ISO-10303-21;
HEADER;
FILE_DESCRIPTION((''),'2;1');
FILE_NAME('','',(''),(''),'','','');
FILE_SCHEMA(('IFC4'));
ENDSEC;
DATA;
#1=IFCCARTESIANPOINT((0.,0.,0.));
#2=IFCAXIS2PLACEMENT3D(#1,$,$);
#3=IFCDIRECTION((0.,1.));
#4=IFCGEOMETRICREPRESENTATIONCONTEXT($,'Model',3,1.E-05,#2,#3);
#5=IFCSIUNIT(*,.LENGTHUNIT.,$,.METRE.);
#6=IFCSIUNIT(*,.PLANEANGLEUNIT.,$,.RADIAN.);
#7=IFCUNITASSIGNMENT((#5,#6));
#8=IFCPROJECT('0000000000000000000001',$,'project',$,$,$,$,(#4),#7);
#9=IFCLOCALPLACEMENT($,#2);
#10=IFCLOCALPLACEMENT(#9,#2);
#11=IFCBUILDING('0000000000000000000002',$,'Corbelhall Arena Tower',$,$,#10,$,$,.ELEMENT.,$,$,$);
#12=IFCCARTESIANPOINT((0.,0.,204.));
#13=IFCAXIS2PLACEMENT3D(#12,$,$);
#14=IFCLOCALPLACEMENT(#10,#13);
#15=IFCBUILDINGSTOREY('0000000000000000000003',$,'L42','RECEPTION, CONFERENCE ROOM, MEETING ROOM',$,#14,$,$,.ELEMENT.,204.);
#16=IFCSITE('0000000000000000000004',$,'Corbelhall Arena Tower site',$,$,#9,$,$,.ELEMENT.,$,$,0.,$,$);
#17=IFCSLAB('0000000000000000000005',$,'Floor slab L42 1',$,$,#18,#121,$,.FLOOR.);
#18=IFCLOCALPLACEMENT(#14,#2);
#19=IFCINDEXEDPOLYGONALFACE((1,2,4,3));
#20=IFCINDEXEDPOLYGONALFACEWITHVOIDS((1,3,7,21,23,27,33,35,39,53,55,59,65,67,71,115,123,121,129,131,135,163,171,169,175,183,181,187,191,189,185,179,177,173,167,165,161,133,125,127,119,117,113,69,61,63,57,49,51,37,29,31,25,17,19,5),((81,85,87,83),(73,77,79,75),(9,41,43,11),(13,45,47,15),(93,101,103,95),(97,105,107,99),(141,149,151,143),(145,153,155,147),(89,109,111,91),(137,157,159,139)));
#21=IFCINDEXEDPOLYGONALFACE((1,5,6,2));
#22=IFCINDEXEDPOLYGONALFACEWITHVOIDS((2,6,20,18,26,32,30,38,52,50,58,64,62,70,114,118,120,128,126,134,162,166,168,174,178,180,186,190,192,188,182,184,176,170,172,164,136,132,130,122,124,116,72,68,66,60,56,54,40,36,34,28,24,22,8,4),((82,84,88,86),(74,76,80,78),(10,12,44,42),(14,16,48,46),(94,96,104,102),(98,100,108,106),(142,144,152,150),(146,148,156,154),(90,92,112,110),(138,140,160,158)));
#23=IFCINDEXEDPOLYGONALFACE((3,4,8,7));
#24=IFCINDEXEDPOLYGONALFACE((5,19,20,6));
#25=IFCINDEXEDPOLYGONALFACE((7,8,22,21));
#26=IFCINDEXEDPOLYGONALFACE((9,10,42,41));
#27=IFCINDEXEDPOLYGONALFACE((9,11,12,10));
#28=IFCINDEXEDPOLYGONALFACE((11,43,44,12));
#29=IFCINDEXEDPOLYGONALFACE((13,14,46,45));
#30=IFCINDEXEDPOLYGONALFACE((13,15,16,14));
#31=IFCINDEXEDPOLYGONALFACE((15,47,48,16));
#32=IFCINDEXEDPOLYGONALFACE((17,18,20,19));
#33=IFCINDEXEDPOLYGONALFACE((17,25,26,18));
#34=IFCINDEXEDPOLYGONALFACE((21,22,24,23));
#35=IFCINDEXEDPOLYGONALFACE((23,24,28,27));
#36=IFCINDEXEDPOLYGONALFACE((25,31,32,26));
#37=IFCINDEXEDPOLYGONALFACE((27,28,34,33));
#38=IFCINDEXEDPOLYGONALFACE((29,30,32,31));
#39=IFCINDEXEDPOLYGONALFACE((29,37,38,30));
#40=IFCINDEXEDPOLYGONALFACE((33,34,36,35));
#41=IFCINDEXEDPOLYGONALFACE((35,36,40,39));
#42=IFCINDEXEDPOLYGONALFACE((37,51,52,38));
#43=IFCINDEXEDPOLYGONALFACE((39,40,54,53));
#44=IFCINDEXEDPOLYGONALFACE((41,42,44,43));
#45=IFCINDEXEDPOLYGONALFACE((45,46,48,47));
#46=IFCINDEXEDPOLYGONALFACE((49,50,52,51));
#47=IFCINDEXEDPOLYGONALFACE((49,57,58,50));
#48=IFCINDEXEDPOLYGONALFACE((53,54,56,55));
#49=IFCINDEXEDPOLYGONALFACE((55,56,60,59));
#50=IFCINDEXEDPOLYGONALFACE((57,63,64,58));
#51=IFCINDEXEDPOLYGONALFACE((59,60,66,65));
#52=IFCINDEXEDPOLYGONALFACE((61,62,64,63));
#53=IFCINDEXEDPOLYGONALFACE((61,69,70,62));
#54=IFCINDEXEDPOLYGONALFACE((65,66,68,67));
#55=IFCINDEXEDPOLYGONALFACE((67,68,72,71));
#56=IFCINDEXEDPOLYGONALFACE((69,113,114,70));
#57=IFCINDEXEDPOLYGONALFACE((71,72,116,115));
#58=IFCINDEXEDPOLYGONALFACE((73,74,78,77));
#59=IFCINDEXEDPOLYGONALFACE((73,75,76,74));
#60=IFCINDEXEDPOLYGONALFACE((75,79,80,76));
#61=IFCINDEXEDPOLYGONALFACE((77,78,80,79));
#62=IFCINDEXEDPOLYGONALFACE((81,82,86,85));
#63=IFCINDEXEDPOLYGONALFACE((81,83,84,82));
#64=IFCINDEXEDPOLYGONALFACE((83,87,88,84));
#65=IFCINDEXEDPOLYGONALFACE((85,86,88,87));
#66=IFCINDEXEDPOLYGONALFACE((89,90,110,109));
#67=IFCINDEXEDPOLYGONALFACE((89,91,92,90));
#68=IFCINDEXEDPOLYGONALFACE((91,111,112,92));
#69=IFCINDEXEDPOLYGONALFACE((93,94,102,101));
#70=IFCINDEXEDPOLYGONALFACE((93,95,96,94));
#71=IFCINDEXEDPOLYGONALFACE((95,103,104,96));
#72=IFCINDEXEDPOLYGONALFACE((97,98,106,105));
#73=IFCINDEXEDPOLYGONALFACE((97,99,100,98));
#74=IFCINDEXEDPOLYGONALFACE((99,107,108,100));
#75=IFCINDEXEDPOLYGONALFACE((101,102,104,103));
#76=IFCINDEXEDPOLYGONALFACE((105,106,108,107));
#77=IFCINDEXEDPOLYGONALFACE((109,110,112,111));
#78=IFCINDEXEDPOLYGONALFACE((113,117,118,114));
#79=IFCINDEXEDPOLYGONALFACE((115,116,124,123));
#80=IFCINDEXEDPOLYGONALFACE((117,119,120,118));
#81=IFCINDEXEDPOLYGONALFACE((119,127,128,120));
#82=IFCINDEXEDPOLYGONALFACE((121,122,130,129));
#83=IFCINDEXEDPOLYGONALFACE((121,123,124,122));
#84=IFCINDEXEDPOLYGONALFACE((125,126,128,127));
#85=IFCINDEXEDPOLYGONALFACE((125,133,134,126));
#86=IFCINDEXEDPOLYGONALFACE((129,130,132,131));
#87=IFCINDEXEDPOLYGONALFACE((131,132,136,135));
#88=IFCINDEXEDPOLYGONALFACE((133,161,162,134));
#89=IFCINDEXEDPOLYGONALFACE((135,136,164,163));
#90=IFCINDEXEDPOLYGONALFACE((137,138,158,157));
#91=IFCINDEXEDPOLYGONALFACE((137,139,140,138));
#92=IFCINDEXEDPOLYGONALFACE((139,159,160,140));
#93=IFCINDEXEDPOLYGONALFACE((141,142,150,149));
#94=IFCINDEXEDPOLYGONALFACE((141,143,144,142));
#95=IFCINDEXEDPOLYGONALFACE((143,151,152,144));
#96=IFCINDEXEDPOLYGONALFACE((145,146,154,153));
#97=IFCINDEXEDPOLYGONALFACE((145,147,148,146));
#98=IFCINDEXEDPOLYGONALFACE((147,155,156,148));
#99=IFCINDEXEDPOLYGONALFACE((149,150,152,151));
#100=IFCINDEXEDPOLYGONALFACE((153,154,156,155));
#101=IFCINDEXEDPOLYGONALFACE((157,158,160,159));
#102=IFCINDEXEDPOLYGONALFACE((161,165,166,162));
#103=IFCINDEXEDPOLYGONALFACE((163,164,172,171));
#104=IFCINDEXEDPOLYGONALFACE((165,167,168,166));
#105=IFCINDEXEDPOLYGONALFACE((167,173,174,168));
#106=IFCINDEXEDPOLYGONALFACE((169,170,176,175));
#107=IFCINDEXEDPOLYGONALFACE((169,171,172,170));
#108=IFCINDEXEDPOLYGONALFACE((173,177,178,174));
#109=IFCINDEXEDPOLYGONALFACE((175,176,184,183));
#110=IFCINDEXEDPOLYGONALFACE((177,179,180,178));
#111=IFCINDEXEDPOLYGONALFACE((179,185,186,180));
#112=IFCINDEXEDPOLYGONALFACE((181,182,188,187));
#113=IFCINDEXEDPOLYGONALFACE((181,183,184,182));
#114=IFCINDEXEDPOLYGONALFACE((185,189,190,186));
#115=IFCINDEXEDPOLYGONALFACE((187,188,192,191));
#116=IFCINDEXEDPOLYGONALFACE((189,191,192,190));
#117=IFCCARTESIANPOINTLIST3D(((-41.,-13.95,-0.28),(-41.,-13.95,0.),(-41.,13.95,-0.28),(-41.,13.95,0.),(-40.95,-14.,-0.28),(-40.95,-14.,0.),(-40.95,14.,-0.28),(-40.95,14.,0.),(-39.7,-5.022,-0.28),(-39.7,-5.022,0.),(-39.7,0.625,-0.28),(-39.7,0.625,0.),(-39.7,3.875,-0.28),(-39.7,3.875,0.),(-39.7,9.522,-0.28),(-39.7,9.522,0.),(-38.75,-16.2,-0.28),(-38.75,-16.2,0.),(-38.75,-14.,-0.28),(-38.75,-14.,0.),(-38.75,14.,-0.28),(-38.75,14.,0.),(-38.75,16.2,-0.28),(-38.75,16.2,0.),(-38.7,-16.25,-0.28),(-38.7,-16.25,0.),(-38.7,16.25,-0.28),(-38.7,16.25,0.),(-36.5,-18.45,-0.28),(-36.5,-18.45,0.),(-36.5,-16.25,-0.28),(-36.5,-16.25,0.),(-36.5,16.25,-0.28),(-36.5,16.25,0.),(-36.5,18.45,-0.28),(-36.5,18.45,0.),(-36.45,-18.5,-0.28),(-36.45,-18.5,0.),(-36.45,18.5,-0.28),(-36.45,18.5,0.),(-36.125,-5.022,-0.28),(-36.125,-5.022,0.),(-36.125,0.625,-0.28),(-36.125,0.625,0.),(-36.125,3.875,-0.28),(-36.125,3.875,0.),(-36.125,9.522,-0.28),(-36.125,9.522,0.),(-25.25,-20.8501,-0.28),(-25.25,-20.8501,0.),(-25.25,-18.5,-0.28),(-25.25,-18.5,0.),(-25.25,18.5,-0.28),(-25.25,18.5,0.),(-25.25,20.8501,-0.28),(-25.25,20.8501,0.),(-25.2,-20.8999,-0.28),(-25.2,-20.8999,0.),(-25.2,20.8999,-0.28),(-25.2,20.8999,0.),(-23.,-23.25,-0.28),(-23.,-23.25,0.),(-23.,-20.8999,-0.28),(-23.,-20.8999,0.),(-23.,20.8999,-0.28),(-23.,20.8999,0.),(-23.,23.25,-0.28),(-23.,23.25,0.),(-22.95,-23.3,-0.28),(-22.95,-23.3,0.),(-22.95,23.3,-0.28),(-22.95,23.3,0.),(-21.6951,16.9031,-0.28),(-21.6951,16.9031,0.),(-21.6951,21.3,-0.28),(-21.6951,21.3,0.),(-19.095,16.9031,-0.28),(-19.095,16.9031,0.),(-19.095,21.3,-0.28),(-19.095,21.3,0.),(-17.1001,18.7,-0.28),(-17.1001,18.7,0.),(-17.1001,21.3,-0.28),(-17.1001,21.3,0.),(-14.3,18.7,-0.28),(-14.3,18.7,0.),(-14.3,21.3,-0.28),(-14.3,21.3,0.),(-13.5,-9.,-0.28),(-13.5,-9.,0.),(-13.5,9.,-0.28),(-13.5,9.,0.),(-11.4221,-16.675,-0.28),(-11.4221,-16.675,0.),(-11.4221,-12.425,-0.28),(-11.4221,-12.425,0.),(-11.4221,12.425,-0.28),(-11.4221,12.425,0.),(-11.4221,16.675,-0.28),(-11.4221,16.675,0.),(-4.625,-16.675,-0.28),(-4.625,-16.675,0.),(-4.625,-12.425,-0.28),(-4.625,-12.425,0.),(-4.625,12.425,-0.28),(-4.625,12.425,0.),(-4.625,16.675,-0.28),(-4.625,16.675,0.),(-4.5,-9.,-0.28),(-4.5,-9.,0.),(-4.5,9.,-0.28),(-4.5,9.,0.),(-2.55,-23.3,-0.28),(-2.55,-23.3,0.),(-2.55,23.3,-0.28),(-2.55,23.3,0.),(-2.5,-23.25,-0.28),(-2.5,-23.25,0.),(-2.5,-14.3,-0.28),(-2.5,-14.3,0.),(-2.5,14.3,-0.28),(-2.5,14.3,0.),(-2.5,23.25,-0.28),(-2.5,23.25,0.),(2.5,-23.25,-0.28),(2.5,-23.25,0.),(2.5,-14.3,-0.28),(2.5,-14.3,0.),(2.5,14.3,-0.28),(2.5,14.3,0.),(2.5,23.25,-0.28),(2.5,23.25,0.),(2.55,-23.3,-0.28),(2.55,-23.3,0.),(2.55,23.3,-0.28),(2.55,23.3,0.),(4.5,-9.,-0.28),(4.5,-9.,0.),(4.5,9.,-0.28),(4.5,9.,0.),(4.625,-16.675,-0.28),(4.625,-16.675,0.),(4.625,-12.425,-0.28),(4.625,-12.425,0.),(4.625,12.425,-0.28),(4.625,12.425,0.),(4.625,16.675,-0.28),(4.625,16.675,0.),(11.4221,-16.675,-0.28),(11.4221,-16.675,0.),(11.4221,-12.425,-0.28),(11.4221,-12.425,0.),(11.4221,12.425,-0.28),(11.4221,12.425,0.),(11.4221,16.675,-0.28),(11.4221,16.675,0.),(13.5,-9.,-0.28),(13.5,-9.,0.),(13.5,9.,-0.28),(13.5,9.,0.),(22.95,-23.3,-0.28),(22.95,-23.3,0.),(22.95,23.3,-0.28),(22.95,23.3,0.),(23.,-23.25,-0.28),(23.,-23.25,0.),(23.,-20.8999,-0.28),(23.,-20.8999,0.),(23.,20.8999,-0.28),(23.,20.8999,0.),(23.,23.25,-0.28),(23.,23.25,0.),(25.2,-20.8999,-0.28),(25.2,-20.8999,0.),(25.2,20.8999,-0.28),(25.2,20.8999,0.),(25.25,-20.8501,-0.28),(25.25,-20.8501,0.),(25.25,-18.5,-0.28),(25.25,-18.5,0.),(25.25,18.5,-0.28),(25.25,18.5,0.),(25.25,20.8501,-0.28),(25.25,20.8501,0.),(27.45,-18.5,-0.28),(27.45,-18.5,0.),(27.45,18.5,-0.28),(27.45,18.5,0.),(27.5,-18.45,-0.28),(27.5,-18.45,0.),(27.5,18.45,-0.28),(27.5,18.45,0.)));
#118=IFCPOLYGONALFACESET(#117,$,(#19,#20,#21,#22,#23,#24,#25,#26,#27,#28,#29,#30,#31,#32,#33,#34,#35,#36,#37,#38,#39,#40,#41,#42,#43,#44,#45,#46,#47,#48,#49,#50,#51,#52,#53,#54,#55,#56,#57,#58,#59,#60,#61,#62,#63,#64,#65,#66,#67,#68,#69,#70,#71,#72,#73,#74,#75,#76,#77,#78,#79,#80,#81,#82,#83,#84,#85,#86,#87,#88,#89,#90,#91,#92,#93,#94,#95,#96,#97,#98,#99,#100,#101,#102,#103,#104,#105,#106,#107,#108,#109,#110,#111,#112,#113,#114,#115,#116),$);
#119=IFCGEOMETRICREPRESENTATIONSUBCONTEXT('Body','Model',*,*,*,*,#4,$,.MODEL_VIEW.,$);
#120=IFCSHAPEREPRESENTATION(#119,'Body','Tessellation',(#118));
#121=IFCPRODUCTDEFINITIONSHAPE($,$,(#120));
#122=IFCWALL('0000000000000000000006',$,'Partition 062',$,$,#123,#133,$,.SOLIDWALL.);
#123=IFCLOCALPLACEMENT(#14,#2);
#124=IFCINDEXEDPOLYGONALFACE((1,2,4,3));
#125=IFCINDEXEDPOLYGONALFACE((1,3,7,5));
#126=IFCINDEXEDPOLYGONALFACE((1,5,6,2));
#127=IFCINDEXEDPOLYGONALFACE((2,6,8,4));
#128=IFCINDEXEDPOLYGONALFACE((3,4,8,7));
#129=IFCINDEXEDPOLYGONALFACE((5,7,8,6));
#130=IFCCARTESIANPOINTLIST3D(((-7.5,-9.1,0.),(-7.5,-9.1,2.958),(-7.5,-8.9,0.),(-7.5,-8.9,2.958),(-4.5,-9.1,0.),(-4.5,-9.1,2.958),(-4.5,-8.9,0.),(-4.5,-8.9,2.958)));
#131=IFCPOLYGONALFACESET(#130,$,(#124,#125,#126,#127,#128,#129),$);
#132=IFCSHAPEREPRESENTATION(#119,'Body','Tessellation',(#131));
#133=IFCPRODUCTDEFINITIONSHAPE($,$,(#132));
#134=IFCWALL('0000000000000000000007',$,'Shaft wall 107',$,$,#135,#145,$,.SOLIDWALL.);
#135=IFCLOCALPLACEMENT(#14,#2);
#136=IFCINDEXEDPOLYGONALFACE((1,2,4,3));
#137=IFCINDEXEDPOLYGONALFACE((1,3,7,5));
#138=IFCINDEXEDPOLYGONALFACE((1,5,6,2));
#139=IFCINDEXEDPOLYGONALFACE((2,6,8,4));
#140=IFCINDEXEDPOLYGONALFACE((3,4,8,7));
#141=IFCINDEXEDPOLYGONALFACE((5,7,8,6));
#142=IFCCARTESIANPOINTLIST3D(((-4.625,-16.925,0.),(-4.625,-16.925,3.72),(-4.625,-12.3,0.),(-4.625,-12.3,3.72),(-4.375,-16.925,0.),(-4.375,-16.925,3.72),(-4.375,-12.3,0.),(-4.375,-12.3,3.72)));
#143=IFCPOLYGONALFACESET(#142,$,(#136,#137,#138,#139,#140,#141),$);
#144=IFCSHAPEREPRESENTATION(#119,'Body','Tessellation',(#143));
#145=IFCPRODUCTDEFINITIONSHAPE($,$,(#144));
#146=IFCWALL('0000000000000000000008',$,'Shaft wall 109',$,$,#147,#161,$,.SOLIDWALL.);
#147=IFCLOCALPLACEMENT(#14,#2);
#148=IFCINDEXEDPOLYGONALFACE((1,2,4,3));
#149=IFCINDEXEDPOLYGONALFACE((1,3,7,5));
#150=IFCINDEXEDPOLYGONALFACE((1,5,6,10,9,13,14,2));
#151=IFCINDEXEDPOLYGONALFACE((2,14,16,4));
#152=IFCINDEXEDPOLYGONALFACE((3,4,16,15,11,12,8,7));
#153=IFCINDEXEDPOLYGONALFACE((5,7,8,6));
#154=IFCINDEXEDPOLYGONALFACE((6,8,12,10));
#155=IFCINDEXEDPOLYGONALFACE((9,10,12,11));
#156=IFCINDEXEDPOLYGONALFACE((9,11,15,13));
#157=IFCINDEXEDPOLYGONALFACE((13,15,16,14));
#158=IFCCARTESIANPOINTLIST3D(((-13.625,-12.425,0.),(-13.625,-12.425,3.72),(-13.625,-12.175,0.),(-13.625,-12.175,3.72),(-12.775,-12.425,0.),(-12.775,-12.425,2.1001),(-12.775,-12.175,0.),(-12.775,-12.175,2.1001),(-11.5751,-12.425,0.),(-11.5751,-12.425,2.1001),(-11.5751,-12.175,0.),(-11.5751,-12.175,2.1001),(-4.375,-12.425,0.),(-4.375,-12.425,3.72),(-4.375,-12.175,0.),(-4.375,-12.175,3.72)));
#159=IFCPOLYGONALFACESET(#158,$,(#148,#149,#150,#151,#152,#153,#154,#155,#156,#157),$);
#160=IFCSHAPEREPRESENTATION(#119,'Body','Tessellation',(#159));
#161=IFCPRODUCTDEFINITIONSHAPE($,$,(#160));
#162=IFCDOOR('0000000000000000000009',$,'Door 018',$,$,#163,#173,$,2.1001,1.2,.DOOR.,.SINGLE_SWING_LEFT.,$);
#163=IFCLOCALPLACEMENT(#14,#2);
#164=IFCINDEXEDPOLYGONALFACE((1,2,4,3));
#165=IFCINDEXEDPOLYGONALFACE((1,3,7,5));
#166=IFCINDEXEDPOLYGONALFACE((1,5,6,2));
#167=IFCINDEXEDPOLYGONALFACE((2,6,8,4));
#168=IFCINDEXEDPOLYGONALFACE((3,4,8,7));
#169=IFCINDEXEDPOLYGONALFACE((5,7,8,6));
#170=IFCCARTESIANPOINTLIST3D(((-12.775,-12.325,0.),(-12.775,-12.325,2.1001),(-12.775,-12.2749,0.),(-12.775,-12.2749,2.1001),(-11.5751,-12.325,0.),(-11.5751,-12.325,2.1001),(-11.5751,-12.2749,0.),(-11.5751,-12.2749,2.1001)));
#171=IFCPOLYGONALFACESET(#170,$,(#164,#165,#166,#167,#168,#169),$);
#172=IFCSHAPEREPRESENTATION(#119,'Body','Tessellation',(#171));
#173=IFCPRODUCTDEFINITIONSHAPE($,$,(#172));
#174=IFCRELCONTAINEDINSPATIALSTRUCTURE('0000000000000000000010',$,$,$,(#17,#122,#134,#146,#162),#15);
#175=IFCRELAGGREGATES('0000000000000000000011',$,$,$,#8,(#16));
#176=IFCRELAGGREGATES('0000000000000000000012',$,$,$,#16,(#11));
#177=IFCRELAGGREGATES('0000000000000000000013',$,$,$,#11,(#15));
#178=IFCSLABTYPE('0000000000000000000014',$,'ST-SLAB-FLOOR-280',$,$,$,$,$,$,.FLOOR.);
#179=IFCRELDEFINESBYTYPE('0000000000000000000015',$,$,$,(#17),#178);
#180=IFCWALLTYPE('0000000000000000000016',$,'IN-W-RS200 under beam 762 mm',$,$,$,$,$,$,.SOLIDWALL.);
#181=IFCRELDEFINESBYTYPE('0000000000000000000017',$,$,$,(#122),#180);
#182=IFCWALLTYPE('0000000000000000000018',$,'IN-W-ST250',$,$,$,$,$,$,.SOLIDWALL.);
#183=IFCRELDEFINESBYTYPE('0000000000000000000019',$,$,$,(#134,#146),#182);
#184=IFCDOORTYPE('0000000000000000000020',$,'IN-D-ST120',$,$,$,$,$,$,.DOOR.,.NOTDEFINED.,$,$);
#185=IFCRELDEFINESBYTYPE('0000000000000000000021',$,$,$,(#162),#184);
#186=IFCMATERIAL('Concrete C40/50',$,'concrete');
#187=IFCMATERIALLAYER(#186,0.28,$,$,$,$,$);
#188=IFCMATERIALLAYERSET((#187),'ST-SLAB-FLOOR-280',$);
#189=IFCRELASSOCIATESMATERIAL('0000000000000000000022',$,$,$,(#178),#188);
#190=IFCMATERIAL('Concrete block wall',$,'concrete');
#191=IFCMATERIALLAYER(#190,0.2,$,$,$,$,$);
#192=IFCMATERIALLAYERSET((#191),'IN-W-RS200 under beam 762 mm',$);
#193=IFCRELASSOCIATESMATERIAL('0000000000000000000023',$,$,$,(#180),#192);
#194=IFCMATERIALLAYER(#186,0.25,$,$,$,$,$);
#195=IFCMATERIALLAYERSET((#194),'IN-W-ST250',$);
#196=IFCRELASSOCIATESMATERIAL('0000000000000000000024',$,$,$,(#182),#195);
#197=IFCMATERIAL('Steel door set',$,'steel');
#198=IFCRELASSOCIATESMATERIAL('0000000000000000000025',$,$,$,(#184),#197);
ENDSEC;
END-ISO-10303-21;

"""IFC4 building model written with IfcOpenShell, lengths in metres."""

from ifc_helpers import new_model, si_unit, direction, frame, frame_2d, origin, place, context, subcontext, project, spatial, polyline, rectangle, outline, extrude, material, layer, layer_set, type_object, element, fill, save


model = new_model("IFC4")

# Units and contexts
model_context = context("Model", 3, precision=1e-05, world=origin(), true_north=direction((0.0, 1.0)))
body_context = subcontext(model_context, "Body", "Model", "MODEL_VIEW")
ifc_project = project(units=[si_unit("LENGTHUNIT", "METRE"), si_unit("PLANEANGLEUNIT", "RADIAN")], contexts=[model_context])

# Site, building, storey
site_placement = place(None, origin())
site = spatial("IfcSite", under=ifc_project, at=site_placement, Name="Corbelhall Arena Tower site", CompositionType="ELEMENT", RefElevation=0.0)
building_placement = place(site_placement, origin())
building = spatial("IfcBuilding", under=site, at=building_placement, Name="Corbelhall Arena Tower", CompositionType="ELEMENT")
storey_placement = place(building_placement, frame((0.0, 0.0, 204.0)))
storey = spatial("IfcBuildingStorey", under=building, at=storey_placement, Name="L42", Description="RECEPTION, CONFERENCE ROOM, MEETING ROOM", CompositionType="ELEMENT", Elevation=204.0)

# Shared definitions
ifc_material_1 = material(Name="Concrete C40/50", Category="concrete")

# Slab
ifc_layer_1 = layer(ifc_material_1, 0.28)
ifc_layer_set_1 = layer_set([ifc_layer_1], Name="ST-SLAB-FLOOR-280")
slab_type_1 = type_object("IfcSlabType", Name="ST-SLAB-FLOOR-280", PredefinedType="FLOOR", material=ifc_layer_set_1)
slab_1_placement = place(storey_placement, frame((0.0, 0.0, -0.28)))
element("IfcSlab", 1, at=slab_1_placement, inside=storey, type_object=slab_type_1, Name="Floor slab L42 1", PredefinedType="FLOOR", context=body_context, shape_type="SweptSolid", body=[
    extrude(outline(polyline([(23.0, 23.25), (22.95, 23.3), (2.55, 23.3), (2.5, 23.25), (2.5, 14.3), (-2.5, 14.3), (-2.5, 23.25), (-2.55, 23.3), (-22.95, 23.3), (-23.0, 23.25), (-23.0, 20.8999), (-25.2, 20.8999), (-25.25, 20.8501), (-25.25, 18.5), (-36.45, 18.5), (-36.5, 18.45), (-36.5, 16.25), (-38.7, 16.25), (-38.75, 16.2), (-38.75, 14.0), (-40.95, 14.0), (-41.0, 13.95), (-41.0, -13.95), (-40.95, -14.0), (-38.75, -14.0), (-38.75, -16.2), (-38.7, -16.25), (-36.5, -16.25), (-36.5, -18.45), (-36.45, -18.5), (-25.25, -18.5), (-25.25, -20.8501), (-25.2, -20.8999), (-23.0, -20.8999), (-23.0, -23.25), (-22.95, -23.3), (-2.55, -23.3), (-2.5, -23.25), (-2.5, -14.3), (2.5, -14.3), (2.5, -23.25), (2.55, -23.3), (22.95, -23.3), (23.0, -23.25), (23.0, -20.8999), (25.2, -20.8999), (25.25, -20.8501), (25.25, -18.5), (27.45, -18.5), (27.5, -18.45), (27.5, 18.45), (27.45, 18.5), (25.25, 18.5), (25.25, 20.8501), (25.2, 20.8999), (23.0, 20.8999), (23.0, 23.25)]), holes=[polyline([(-4.5, -9.0), (-4.5, 9.0), (-13.5, 9.0), (-13.5, -9.0), (-4.5, -9.0)]), polyline([(13.5, -9.0), (13.5, 9.0), (4.5, 9.0), (4.5, -9.0), (13.5, -9.0)]), polyline([(-11.4221, 12.425), (-4.625, 12.425), (-4.625, 16.675), (-11.4221, 16.675), (-11.4221, 12.425)]), polyline([(-11.4221, -12.425), (-11.4221, -16.675), (-4.625, -16.675), (-4.625, -12.425), (-11.4221, -12.425)]), polyline([(4.625, 12.425), (11.4221, 12.425), (11.4221, 16.675), (4.625, 16.675), (4.625, 12.425)]), polyline([(4.625, -12.425), (4.625, -16.675), (11.4221, -16.675), (11.4221, -12.425), (4.625, -12.425)]), polyline([(-39.7, 9.522), (-39.7, 3.875), (-36.125, 3.875), (-36.125, 9.522), (-39.7, 9.522)]), polyline([(-39.7, -5.022), (-36.125, -5.022), (-36.125, 0.625), (-39.7, 0.625), (-39.7, -5.022)]), polyline([(-21.6951, 21.3), (-21.6951, 16.9031), (-19.095, 16.9031), (-19.095, 21.3), (-21.6951, 21.3)]), polyline([(-14.3, 21.3), (-17.1001, 21.3), (-17.1001, 18.7), (-14.3, 18.7), (-14.3, 21.3)])]), origin(), (0.0, 0.0, 1.0), 0.28),
])

# Wall
ifc_material_2 = material(Name="Concrete block wall", Category="concrete")
ifc_layer_2 = layer(ifc_material_2, 0.2)
ifc_layer_set_2 = layer_set([ifc_layer_2], Name="IN-W-RS200 under beam 762 mm")
wall_type_1 = type_object("IfcWallType", Name="IN-W-RS200 under beam 762 mm", PredefinedType="SOLIDWALL", material=ifc_layer_set_2)
wall_1_placement = place(storey_placement, frame((-4.5, -9.0, 0.0), z_axis=(0.0, 0.0, 1.0), x_axis=(-1.0, 0.0, 0.0)))
element("IfcWall", 2, at=wall_1_placement, inside=storey, type_object=wall_type_1, Name="Partition 062", PredefinedType="SOLIDWALL", context=body_context, shape_type="SweptSolid", body=[
    extrude(rectangle(XDim=3.0, YDim=0.2, at=frame_2d((1.5, 0.0))), origin(), (0.0, 0.0, 1.0), 2.958),
])

# Shared definitions
ifc_material_3 = material(Name="Steel door set", Category="steel")

# Wall
ifc_layer_3 = layer(ifc_material_1, 0.25)
ifc_layer_set_3 = layer_set([ifc_layer_3], Name="IN-W-ST250")
wall_type_2 = type_object("IfcWallType", Name="IN-W-ST250", PredefinedType="SOLIDWALL", material=ifc_layer_set_3)
wall_2_placement = place(storey_placement, frame((-4.5, -12.3, 0.0), z_axis=(0.0, 0.0, 1.0), x_axis=(0.0, -1.0, 0.0)))
element("IfcWall", 3, at=wall_2_placement, inside=storey, type_object=wall_type_2, Name="Shaft wall 107", PredefinedType="SOLIDWALL", context=body_context, shape_type="SweptSolid", body=[
    extrude(rectangle(XDim=4.625, YDim=0.25, at=frame_2d((2.3125, 0.0))), origin(), (0.0, 0.0, 1.0), 3.72),
])

# Wall, opening, door
wall_3_placement = place(storey_placement, frame((-4.375, -12.3, 0.0), z_axis=(0.0, 0.0, 1.0), x_axis=(-1.0, 0.0, 0.0)))
wall_3 = element("IfcWall", 4, at=wall_3_placement, inside=storey, type_object=wall_type_2, Name="Shaft wall 109", PredefinedType="SOLIDWALL", context=body_context, shape_type="SweptSolid", body=[
    extrude(rectangle(XDim=9.25, YDim=0.25, at=frame_2d((4.625, 0.0))), origin(), (0.0, 0.0, 1.0), 3.72),
])
opening_1_placement = place(wall_3_placement, frame((7.2, 0.0, 0.0)))
opening_1 = element("IfcOpeningElement", 5, at=opening_1_placement, cuts=wall_3, PredefinedType="OPENING", context=body_context, shape_type="SweptSolid", body=[
    extrude(rectangle(XDim=1.2, YDim=2.1001, at=frame_2d((0.6001, 1.05))), frame((0.0, 0.125, 0.0), z_axis=(0.0, -1.0, 0.0), x_axis=(1.0, 0.0, 0.0)), (0.0, 0.0, 1.0), 0.25),
])
door_type_1 = type_object("IfcDoorType", Name="IN-D-ST120", OperationType="NOTDEFINED", PredefinedType="DOOR", material=ifc_material_3)
door_1_placement = place(opening_1_placement, origin())
door_1 = element("IfcDoor", 6, at=door_1_placement, inside=storey, type_object=door_type_1, Name="Door 018", OperationType="SINGLE_SWING_LEFT", OverallHeight=2.1001, OverallWidth=1.2, PredefinedType="DOOR", context=body_context, shape_type="SweptSolid", body=[
    extrude(rectangle(XDim=1.2, YDim=2.1001, at=frame_2d((0.6001, 1.05))), frame((0.0, 0.0249, 0.0), z_axis=(0.0, -1.0, 0.0), x_axis=(1.0, 0.0, 0.0)), (0.0, 0.0, 1.0), 0.05),
])
fill(opening_1, door_1)

save(model, "model.ifc")
